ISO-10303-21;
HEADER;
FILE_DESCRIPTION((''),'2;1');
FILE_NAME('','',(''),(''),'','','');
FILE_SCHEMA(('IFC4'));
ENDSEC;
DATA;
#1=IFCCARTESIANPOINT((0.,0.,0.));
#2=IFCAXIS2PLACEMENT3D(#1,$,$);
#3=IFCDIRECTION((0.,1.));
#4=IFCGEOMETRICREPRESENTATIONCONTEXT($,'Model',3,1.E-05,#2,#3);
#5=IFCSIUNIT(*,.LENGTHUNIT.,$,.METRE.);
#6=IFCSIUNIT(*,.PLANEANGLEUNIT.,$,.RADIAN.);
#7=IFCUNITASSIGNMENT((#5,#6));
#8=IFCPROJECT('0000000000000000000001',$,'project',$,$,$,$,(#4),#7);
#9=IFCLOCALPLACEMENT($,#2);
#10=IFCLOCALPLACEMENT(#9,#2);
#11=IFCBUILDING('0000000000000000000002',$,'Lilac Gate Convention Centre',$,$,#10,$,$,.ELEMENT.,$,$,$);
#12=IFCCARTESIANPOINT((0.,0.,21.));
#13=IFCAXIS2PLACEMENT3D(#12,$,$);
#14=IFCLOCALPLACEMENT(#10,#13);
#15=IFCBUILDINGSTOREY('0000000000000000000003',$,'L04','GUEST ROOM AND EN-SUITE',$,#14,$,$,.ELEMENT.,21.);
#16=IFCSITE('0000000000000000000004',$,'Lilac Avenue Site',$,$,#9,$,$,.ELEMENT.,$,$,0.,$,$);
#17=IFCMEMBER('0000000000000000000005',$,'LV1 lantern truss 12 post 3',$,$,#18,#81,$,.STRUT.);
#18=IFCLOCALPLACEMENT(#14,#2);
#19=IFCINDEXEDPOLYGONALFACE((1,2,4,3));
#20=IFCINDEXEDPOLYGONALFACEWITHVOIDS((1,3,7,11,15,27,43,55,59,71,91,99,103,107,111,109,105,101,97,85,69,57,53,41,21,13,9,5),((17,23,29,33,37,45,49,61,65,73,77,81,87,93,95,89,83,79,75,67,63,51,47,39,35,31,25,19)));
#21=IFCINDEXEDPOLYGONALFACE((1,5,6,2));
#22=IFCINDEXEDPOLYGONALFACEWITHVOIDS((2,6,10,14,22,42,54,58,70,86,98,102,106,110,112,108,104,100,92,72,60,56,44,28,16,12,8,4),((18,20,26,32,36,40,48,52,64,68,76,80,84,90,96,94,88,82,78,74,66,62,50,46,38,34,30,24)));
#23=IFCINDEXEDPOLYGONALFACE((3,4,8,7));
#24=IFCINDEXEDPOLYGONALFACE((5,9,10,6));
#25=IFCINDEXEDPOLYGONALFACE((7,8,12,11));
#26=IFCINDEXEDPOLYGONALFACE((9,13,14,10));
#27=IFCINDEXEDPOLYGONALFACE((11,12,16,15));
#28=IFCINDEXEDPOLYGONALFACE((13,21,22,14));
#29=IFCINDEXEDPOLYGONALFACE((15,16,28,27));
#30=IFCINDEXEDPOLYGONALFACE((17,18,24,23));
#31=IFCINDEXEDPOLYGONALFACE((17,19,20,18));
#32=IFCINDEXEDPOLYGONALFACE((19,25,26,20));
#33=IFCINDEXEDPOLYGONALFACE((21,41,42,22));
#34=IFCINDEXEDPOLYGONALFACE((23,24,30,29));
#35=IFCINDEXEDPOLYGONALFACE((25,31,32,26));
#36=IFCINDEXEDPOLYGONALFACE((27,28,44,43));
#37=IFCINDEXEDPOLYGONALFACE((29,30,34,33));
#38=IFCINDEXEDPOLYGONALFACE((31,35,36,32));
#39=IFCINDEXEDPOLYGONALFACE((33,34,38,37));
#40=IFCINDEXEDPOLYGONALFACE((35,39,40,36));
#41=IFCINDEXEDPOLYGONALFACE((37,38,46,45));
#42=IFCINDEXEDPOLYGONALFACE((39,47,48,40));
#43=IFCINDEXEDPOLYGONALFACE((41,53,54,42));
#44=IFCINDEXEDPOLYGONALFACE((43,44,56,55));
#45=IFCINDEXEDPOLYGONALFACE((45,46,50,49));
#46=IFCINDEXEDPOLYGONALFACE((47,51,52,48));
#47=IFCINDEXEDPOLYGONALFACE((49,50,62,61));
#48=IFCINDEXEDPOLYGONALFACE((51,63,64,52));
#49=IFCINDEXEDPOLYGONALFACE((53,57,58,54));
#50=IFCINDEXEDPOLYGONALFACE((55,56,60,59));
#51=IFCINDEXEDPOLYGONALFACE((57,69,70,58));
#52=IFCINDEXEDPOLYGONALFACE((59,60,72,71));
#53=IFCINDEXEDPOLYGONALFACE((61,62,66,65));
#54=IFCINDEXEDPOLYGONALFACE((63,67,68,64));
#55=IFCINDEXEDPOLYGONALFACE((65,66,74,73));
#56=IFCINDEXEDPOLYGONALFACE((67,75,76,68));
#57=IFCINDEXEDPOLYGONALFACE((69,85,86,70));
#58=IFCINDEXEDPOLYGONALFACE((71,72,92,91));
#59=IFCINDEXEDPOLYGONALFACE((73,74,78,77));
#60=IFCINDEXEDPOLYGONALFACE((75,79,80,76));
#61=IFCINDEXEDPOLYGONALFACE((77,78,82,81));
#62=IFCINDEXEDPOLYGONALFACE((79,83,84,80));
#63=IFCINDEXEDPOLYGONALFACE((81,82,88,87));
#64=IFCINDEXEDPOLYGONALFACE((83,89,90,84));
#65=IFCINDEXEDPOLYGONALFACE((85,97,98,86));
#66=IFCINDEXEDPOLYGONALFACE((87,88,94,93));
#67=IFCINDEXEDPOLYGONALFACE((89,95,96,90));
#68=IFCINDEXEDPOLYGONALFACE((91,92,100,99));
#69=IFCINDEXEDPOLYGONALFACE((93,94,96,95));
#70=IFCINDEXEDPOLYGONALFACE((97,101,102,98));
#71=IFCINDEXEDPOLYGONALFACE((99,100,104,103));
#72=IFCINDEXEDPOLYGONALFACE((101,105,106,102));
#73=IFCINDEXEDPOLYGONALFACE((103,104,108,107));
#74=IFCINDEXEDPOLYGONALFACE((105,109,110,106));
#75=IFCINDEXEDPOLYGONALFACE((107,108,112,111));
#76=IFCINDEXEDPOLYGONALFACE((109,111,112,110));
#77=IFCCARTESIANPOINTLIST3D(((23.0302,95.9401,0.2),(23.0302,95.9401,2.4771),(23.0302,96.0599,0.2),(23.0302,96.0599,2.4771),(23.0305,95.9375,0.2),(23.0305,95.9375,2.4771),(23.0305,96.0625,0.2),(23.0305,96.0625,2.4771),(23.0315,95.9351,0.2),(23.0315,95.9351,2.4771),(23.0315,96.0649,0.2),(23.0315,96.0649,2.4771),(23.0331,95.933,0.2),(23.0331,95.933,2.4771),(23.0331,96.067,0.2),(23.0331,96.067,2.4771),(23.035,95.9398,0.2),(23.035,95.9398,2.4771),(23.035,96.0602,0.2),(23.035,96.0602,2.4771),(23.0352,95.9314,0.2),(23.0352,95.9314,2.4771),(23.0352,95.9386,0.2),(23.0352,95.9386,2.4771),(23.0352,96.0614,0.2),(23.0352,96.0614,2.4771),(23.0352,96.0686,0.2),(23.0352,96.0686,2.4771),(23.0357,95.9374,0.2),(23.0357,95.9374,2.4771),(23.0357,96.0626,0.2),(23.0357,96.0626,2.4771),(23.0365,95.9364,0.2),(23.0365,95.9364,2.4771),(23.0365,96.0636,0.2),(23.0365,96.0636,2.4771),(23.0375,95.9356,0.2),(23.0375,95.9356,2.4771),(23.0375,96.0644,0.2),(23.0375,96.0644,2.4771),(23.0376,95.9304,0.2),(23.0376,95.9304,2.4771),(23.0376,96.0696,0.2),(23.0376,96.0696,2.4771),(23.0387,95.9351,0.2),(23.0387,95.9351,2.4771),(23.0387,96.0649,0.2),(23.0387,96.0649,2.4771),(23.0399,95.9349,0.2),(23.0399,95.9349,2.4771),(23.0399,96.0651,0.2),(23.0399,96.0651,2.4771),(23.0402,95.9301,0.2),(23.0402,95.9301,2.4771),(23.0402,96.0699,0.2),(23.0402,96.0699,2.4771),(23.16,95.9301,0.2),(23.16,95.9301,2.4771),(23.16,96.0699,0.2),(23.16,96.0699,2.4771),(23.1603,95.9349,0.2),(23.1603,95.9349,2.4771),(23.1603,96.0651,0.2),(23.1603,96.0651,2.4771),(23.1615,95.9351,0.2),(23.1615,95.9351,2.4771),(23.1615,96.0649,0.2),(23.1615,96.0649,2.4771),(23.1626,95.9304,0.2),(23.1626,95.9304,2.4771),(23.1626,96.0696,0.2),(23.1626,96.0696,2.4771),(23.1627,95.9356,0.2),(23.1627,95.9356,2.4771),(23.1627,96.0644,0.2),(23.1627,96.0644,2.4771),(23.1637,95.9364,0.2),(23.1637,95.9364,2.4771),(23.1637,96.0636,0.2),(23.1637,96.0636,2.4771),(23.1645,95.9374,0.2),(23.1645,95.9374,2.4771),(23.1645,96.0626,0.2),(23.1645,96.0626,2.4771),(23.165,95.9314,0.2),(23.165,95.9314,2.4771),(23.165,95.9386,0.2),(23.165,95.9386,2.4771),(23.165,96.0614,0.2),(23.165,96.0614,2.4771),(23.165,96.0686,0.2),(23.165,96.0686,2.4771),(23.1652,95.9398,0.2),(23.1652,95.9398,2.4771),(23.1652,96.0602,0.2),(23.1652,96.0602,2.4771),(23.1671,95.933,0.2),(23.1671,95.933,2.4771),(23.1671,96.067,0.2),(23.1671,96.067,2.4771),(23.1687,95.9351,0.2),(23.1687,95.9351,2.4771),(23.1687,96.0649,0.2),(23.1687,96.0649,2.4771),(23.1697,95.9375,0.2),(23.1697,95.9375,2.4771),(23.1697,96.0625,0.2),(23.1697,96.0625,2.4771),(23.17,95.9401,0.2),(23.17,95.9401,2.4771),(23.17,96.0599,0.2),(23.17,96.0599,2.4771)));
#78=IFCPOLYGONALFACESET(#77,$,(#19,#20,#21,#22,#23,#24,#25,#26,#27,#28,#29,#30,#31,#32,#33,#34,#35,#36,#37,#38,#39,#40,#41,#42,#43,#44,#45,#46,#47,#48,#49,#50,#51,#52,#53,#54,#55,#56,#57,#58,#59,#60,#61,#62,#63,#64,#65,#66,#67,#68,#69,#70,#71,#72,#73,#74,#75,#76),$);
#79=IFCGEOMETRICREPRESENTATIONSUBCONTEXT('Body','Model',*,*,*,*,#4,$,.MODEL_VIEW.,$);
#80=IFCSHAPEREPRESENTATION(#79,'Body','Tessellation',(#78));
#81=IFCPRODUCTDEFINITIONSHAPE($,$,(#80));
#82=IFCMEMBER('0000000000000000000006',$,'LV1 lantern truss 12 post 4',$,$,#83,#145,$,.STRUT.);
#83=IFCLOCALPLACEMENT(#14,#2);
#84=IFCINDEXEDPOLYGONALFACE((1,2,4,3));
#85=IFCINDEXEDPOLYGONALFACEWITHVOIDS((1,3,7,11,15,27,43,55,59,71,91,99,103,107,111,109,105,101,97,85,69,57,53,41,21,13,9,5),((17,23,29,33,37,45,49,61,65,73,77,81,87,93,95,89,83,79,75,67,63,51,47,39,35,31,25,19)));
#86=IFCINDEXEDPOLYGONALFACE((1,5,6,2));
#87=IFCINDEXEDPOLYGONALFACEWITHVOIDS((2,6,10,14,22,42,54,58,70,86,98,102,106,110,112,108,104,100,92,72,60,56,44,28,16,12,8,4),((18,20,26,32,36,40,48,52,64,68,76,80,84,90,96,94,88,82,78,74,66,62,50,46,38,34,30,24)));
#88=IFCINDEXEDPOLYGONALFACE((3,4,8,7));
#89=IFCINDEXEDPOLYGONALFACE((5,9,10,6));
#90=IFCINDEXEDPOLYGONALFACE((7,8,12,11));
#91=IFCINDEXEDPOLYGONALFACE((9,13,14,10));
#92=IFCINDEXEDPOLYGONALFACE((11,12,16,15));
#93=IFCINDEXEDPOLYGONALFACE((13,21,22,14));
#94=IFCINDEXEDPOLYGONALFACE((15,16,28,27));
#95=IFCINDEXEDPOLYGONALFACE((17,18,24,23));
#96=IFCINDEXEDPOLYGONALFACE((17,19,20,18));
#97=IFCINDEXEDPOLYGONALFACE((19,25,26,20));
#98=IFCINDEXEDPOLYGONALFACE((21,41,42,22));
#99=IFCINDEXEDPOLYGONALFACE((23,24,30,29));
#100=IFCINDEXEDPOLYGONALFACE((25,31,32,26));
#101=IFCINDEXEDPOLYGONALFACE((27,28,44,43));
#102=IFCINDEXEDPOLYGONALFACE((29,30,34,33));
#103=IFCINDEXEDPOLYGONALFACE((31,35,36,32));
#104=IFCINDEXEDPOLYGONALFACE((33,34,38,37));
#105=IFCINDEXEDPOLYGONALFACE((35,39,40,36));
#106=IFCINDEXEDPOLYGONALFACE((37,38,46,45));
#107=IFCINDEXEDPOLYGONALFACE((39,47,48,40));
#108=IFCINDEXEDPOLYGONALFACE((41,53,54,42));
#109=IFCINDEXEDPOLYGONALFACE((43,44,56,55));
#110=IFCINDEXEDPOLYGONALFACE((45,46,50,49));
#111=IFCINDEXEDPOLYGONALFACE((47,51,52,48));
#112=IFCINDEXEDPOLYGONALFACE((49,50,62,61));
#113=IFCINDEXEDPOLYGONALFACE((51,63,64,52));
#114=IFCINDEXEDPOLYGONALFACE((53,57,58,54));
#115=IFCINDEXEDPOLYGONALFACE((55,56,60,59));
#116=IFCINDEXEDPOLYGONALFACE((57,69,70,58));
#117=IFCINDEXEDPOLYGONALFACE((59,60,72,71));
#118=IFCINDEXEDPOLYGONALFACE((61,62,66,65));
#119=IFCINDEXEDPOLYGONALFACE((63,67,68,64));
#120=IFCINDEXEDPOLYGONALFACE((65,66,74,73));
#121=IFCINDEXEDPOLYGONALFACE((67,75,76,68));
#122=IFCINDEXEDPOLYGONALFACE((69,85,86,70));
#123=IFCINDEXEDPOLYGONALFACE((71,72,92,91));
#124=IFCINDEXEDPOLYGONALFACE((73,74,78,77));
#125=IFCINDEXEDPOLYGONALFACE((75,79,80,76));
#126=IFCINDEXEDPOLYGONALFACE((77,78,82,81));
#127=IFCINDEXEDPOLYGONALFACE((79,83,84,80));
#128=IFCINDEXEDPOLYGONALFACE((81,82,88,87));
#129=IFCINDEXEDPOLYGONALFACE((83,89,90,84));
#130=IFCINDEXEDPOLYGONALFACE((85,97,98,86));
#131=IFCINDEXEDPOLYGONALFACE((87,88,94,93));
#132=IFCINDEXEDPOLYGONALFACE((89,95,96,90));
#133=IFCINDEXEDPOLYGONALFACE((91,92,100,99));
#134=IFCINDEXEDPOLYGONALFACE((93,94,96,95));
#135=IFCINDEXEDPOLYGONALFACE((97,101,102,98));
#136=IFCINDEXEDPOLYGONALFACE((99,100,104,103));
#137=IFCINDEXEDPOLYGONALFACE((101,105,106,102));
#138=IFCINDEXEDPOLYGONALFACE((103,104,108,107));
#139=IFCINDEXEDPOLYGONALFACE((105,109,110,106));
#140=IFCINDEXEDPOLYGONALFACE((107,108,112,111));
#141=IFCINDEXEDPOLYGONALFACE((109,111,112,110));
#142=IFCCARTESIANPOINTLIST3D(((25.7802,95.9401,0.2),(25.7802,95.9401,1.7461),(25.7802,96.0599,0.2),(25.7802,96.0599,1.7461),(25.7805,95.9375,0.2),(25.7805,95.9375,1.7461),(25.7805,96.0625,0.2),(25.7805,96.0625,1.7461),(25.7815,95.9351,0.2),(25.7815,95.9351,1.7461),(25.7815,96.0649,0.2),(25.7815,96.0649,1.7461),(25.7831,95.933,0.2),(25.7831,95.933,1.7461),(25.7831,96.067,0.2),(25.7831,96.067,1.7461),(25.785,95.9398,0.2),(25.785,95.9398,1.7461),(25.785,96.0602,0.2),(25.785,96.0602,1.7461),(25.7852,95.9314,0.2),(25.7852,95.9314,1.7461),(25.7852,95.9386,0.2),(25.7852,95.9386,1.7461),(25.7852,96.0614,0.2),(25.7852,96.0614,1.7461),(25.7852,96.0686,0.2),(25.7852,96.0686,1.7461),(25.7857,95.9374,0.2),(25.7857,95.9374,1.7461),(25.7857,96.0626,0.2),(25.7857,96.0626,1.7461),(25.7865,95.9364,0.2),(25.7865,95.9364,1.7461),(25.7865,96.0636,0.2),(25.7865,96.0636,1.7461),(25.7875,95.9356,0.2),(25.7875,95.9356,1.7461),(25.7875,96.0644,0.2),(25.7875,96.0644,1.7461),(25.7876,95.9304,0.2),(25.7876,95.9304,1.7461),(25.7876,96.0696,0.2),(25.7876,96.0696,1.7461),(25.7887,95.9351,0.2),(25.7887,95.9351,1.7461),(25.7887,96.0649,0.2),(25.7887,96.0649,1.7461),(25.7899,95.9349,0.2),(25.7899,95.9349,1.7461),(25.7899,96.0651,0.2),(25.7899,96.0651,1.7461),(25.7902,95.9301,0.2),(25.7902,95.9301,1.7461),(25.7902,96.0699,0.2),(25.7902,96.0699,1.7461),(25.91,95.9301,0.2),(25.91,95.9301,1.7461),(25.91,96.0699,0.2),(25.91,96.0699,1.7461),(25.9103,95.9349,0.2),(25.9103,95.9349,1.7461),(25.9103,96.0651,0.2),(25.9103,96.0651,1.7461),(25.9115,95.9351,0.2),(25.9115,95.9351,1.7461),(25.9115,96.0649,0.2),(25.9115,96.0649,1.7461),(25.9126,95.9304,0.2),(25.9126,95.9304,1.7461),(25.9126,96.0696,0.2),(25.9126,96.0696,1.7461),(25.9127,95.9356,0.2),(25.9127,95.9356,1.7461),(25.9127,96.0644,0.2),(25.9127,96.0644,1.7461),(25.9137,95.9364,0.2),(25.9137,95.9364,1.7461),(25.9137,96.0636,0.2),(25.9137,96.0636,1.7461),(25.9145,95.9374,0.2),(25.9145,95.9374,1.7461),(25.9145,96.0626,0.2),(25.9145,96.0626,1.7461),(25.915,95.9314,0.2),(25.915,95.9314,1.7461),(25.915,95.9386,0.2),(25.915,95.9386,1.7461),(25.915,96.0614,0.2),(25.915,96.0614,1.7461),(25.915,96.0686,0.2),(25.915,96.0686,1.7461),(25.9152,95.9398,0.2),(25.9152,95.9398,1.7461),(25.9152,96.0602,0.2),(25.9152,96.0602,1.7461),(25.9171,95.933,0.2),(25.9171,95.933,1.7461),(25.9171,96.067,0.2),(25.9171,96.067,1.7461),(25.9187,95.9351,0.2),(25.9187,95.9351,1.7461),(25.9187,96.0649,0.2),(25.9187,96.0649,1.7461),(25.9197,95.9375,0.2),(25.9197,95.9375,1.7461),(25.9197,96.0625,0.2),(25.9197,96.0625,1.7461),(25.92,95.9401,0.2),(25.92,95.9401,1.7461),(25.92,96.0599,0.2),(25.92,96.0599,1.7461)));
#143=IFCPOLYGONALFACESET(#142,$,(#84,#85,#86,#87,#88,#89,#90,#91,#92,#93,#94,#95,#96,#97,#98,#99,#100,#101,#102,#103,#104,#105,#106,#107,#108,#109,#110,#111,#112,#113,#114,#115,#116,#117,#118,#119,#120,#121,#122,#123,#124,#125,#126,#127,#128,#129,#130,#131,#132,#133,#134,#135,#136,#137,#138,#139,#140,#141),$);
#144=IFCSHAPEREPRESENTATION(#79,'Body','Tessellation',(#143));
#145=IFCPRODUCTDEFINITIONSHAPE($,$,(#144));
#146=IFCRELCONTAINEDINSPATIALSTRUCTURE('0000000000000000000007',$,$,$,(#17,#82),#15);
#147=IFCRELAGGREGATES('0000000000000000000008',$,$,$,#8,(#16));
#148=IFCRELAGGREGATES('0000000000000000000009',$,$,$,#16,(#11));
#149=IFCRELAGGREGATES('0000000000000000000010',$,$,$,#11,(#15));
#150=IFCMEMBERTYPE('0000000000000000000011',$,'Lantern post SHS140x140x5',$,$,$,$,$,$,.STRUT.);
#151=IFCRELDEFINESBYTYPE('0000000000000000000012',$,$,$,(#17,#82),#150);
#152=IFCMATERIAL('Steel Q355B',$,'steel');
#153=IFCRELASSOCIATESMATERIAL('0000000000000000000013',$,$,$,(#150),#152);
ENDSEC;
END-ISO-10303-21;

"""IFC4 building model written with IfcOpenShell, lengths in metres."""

from ifc_helpers import new_model, si_unit, direction, frame, origin, origin_2d, place, context, subcontext, project, spatial, hollow_rectangle, extrude, material, material_profile, profile_set, type_object, element, save


model = new_model("IFC4")

# Units and contexts
model_context = context("Model", 3, precision=1e-05, world=origin(), true_north=direction((0.0, 1.0)))
body_context = subcontext(model_context, "Body", "Model", "MODEL_VIEW")
ifc_project = project(units=[si_unit("LENGTHUNIT", "METRE"), si_unit("PLANEANGLEUNIT", "RADIAN")], contexts=[model_context])

# Site, building, storey
site_placement = place(None, origin())
site = spatial("IfcSite", under=ifc_project, at=site_placement, Name="Lilac Avenue Site", CompositionType="ELEMENT", RefElevation=0.0)
building_placement = place(site_placement, origin())
building = spatial("IfcBuilding", under=site, at=building_placement, Name="Lilac Gate Convention Centre", CompositionType="ELEMENT")
storey_placement = place(building_placement, frame((0.0, 0.0, 21.0)))
storey = spatial("IfcBuildingStorey", under=building, at=storey_placement, Name="L04", Description="GUEST ROOM AND EN-SUITE", CompositionType="ELEMENT", Elevation=21.0)

# Members
ifc_material_1 = material(Name="Steel Q355B", Category="steel")
ifc_material_profile_1 = material_profile(ifc_material_1, hollow_rectangle(XDim=0.1399, YDim=0.1399, WallThickness=0.0049, InnerFilletRadius=0.0049, OuterFilletRadius=0.01, at=origin_2d()), Name="SHS140x140x5")
ifc_profile_set_1 = profile_set([ifc_material_profile_1], Name="Steel Q355B")
member_type_1 = type_object("IfcMemberType", Name="Lantern post SHS140x140x5", PredefinedType="STRUT", material=ifc_profile_set_1)
member_1_placement = place(storey_placement, frame((23.1001, 96.0, 0.2), z_axis=(0.0, 0.0, 1.0), x_axis=(1.0, 0.0, 0.0)))
element("IfcMember", 1, at=member_1_placement, inside=storey, type_object=member_type_1, Name="LV1 lantern truss 12 post 3", PredefinedType="STRUT", context=body_context, shape_type="SweptSolid", body=[
    extrude(hollow_rectangle(XDim=0.1399, YDim=0.1399, WallThickness=0.0049, InnerFilletRadius=0.0049, OuterFilletRadius=0.01, at=origin_2d()), origin(), (0.0, 0.0, 1.0), 2.2771),
])
member_2_placement = place(storey_placement, frame((25.8501, 96.0, 0.2), z_axis=(0.0, 0.0, 1.0), x_axis=(1.0, 0.0, 0.0)))
element("IfcMember", 2, at=member_2_placement, inside=storey, type_object=member_type_1, Name="LV1 lantern truss 12 post 4", PredefinedType="STRUT", context=body_context, shape_type="SweptSolid", body=[
    extrude(hollow_rectangle(XDim=0.1399, YDim=0.1399, WallThickness=0.0049, InnerFilletRadius=0.0049, OuterFilletRadius=0.01, at=origin_2d()), origin(), (0.0, 0.0, 1.0), 1.5461),
])

save(model, "model.ifc")
